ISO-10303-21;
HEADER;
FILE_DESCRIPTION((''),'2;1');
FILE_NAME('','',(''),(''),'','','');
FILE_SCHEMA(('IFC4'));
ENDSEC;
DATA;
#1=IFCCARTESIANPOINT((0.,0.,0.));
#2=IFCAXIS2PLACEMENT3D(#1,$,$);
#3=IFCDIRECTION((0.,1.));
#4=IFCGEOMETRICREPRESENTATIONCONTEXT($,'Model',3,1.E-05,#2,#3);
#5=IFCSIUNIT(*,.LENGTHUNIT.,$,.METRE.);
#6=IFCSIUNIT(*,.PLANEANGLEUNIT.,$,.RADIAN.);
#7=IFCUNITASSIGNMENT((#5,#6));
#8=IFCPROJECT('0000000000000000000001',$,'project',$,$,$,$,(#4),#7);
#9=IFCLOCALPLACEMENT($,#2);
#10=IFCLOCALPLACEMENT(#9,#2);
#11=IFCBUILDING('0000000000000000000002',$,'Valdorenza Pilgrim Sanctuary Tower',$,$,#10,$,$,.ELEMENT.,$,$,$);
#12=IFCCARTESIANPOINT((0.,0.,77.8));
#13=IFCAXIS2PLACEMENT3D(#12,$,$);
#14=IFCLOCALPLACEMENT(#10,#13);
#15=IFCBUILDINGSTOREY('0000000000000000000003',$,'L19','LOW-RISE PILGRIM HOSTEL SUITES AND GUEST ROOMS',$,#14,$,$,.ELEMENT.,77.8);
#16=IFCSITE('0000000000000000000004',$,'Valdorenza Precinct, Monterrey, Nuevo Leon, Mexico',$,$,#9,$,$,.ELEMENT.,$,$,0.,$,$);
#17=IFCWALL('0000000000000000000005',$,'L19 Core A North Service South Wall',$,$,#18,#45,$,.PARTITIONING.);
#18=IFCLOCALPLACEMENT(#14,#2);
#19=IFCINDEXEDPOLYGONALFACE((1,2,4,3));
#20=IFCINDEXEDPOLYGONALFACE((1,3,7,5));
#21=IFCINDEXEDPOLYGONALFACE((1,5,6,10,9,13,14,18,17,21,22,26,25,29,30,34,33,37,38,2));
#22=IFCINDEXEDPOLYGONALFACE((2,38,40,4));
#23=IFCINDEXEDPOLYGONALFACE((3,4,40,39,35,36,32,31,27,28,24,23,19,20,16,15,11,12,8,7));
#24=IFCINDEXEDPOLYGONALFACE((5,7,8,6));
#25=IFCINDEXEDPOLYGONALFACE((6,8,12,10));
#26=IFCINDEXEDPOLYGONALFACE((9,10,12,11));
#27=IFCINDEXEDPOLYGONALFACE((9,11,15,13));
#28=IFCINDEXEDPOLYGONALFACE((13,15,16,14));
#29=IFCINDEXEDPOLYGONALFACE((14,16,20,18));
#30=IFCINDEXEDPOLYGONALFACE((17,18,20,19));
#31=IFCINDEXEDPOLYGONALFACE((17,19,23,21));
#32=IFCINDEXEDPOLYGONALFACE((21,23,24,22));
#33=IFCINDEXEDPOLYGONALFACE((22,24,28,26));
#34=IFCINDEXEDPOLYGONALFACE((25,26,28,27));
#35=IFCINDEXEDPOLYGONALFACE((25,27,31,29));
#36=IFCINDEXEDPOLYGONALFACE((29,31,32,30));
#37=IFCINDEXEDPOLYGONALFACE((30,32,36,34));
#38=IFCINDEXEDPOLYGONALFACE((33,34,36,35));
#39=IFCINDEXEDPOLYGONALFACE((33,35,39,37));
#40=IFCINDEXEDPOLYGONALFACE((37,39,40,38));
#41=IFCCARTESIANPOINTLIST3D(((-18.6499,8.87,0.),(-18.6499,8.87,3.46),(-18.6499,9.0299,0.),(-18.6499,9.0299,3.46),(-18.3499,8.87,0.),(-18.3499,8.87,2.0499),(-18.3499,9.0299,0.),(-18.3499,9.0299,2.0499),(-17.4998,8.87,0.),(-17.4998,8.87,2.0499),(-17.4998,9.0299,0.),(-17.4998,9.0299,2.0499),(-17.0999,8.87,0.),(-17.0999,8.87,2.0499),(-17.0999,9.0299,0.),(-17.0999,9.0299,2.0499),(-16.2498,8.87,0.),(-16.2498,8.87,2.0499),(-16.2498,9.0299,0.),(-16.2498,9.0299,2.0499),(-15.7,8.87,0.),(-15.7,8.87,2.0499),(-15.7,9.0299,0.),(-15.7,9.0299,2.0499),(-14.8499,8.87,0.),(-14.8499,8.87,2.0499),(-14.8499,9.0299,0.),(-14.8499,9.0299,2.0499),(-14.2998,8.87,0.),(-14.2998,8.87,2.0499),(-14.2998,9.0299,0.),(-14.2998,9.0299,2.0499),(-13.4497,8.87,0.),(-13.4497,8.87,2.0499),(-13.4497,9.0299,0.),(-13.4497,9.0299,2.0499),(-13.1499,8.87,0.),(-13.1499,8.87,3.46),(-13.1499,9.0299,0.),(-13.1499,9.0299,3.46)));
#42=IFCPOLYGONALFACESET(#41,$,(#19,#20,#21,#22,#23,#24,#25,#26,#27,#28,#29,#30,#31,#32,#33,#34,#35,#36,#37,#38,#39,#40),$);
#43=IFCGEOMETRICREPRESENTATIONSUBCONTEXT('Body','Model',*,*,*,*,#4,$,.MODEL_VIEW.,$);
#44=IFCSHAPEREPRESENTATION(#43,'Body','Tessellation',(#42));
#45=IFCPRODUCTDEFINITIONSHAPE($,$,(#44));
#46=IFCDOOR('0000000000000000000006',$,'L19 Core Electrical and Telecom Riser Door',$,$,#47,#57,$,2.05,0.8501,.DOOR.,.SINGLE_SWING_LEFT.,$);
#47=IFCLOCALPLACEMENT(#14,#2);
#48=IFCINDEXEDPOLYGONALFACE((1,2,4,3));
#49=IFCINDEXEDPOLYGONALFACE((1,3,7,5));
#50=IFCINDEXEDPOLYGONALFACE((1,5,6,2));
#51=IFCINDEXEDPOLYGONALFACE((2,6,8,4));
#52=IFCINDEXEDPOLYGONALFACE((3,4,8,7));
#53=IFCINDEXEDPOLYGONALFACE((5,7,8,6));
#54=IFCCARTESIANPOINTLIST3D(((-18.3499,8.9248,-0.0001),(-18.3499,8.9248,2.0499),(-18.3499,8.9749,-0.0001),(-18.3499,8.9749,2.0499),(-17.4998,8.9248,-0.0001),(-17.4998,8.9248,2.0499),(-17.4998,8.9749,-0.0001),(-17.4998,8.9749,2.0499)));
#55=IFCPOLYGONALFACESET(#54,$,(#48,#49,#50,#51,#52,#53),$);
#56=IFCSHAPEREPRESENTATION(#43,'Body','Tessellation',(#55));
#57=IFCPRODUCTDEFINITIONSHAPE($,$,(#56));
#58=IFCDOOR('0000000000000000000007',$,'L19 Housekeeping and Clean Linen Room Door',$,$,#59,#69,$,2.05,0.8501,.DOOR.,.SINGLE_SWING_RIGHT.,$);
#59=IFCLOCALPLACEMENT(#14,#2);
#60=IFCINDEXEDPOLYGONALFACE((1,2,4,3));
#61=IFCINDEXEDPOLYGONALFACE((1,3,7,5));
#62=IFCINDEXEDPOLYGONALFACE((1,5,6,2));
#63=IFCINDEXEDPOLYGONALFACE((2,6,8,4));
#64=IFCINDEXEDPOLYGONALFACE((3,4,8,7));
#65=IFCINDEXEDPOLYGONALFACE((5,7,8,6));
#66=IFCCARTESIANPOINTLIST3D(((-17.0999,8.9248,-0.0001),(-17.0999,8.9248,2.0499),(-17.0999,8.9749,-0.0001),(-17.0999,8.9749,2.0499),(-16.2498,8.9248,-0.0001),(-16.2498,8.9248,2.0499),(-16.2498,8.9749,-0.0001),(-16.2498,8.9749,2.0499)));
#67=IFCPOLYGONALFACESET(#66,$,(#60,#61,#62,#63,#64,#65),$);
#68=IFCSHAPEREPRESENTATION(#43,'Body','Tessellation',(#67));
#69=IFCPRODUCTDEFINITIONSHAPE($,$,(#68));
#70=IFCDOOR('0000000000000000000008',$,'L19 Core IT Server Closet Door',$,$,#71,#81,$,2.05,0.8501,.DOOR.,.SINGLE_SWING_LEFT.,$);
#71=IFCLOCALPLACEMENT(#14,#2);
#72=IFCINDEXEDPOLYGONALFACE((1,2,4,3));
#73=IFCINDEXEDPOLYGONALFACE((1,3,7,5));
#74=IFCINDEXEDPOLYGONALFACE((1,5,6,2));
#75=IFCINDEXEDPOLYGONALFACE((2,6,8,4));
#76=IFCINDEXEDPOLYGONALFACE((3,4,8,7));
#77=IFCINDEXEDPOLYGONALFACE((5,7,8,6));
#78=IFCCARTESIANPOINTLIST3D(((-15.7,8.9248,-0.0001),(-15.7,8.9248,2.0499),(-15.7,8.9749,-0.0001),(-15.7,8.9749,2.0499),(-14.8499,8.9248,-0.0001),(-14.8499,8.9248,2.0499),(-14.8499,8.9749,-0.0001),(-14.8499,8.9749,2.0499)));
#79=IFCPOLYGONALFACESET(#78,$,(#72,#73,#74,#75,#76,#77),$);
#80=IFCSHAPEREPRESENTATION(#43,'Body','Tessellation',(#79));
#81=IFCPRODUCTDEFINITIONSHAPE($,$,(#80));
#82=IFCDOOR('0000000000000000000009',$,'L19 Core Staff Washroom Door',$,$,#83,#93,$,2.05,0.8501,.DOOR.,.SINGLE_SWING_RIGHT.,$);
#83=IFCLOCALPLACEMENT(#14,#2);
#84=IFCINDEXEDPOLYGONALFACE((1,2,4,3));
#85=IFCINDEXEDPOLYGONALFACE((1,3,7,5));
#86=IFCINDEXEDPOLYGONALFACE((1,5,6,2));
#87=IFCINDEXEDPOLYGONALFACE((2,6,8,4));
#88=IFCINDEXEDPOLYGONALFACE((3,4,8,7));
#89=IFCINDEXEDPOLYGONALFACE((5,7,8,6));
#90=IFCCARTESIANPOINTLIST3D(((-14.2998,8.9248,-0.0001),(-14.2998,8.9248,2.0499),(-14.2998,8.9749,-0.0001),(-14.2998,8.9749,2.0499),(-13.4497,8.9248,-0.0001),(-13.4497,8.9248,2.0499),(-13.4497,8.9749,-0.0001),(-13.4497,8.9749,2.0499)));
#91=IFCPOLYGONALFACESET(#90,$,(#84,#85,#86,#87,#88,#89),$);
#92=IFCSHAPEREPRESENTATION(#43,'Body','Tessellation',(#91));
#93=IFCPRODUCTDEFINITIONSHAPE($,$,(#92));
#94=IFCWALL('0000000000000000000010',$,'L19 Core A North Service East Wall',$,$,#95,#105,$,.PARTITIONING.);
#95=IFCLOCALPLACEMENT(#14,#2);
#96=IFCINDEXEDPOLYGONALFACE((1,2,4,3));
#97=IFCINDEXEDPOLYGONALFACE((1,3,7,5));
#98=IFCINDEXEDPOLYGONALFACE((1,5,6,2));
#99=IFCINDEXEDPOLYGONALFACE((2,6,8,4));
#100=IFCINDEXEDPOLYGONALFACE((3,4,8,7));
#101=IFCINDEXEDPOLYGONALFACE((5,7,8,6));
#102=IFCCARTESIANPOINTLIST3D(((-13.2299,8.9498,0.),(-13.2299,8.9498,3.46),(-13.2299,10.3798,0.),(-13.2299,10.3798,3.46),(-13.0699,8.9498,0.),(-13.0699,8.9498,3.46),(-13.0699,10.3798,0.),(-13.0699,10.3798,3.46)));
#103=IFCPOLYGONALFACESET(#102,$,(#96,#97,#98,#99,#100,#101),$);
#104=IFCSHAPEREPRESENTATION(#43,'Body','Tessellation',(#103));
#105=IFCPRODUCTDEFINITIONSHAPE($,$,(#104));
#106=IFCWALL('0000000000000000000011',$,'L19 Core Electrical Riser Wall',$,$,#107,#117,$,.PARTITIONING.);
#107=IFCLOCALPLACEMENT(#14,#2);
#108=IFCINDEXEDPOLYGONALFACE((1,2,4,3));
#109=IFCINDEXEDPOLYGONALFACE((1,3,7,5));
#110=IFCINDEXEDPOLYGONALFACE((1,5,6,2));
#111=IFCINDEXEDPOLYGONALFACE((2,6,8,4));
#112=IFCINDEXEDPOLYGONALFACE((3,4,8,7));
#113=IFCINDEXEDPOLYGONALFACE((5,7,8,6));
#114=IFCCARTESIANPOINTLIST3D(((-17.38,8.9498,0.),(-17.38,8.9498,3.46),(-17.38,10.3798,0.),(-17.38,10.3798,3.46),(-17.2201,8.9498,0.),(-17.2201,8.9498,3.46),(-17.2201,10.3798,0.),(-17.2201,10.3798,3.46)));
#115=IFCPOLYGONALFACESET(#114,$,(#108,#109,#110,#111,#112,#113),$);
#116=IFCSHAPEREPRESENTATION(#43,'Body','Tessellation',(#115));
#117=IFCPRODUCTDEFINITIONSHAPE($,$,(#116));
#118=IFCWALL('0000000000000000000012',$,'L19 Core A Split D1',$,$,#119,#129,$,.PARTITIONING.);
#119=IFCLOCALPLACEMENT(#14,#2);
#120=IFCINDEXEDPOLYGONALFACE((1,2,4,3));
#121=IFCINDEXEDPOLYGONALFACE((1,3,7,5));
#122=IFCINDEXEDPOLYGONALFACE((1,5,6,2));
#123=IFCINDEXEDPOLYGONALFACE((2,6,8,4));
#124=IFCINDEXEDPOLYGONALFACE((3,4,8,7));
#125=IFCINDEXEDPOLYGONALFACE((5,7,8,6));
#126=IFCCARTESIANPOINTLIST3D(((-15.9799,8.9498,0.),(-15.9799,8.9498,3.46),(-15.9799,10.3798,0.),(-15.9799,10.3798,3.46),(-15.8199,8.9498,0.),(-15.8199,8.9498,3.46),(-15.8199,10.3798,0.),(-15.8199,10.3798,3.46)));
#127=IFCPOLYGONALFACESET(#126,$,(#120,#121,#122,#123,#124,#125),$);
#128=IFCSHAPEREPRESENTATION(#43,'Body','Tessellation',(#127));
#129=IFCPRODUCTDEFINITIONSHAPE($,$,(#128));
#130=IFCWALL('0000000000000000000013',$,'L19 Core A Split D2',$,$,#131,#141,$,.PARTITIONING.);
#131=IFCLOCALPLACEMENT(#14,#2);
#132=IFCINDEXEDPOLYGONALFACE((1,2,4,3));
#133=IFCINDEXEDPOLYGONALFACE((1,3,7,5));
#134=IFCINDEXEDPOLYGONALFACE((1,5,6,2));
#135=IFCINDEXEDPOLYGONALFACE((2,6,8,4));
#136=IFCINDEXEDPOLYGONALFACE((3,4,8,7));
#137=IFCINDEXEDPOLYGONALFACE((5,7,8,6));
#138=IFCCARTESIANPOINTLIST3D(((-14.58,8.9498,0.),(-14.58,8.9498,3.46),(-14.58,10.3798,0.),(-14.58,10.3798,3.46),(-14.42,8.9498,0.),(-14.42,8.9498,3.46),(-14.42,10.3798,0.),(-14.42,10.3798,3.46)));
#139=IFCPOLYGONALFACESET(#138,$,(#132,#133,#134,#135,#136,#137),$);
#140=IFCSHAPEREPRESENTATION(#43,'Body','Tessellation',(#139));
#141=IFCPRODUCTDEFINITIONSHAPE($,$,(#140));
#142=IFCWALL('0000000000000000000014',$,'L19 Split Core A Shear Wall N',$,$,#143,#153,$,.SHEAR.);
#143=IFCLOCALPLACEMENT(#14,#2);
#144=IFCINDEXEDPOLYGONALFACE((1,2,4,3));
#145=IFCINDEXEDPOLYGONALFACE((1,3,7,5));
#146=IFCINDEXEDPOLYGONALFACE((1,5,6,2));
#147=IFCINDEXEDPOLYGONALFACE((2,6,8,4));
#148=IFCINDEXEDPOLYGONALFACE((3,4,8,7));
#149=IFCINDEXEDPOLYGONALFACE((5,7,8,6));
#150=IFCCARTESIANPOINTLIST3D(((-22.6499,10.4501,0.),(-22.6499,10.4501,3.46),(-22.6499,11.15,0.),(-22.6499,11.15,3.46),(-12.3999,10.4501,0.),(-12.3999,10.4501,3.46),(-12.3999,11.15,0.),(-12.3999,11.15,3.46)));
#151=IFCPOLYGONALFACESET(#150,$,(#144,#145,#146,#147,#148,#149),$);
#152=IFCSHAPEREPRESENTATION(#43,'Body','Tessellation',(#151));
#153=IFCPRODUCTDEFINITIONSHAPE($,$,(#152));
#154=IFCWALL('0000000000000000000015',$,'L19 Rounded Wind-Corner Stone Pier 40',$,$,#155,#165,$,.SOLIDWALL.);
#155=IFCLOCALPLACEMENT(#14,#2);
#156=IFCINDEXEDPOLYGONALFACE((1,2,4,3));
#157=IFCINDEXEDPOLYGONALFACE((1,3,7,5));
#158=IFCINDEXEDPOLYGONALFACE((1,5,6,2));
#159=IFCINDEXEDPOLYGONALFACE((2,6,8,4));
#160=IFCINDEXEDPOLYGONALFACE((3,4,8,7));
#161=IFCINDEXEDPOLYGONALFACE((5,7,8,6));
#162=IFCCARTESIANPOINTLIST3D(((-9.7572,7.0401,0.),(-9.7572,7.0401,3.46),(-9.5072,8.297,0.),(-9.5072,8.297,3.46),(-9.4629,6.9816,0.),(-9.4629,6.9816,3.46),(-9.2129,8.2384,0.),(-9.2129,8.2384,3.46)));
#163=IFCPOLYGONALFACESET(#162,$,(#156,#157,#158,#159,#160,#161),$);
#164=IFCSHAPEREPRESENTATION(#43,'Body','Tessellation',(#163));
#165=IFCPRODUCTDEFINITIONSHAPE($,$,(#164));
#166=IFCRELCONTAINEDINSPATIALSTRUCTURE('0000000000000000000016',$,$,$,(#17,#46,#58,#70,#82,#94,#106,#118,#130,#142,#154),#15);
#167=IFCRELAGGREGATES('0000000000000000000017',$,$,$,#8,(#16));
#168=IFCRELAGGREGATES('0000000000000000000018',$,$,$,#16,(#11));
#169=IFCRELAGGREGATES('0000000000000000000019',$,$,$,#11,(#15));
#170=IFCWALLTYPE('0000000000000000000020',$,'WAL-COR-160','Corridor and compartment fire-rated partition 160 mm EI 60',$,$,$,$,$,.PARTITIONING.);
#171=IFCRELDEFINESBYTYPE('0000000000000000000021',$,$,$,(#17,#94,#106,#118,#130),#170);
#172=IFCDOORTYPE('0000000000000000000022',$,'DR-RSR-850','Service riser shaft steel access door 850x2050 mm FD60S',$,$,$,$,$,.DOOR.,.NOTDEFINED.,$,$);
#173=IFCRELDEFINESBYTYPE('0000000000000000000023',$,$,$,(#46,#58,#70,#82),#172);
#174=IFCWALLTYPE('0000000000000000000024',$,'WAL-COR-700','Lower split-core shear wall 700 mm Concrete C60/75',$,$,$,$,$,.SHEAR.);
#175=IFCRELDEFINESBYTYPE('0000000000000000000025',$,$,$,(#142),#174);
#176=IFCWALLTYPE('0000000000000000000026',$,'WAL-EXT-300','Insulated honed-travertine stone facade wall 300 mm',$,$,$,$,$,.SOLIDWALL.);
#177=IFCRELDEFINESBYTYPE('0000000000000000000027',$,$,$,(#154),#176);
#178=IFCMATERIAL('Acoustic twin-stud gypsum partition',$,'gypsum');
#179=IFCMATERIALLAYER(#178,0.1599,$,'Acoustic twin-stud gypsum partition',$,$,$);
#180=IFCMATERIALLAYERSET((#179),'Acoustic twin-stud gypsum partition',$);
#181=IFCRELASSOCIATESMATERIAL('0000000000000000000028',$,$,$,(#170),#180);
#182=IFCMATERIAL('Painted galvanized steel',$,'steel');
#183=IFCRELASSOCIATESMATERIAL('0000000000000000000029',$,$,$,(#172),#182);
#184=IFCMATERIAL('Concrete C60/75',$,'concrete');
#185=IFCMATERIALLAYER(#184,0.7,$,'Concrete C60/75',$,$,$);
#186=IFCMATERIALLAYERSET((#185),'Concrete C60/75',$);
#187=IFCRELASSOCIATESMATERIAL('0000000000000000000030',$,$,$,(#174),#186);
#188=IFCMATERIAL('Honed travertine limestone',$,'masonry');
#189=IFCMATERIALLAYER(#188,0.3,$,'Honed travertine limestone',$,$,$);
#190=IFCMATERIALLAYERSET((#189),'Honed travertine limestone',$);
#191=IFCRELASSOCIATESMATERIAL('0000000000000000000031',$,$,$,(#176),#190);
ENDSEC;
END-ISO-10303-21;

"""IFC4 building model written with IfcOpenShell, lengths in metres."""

from ifc_helpers import new_model, si_unit, direction, frame, frame_2d, origin, place, context, subcontext, project, spatial, rectangle, extrude, material, layer, layer_set, type_object, element, fill, save


model = new_model("IFC4")

# Units and contexts
model_context = context("Model", 3, precision=1e-05, world=origin(), true_north=direction((0.0, 1.0)))
body_context = subcontext(model_context, "Body", "Model", "MODEL_VIEW")
ifc_project = project(units=[si_unit("LENGTHUNIT", "METRE"), si_unit("PLANEANGLEUNIT", "RADIAN")], contexts=[model_context])

# Site, building, storey
site_placement = place(None, origin())
site = spatial("IfcSite", under=ifc_project, at=site_placement, Name="Valdorenza Precinct, Monterrey, Nuevo Leon, Mexico", CompositionType="ELEMENT", RefElevation=0.0)
building_placement = place(site_placement, origin())
building = spatial("IfcBuilding", under=site, at=building_placement, Name="Valdorenza Pilgrim Sanctuary Tower", CompositionType="ELEMENT")
storey_placement = place(building_placement, frame((0.0, 0.0, 77.8)))
storey = spatial("IfcBuildingStorey", under=building, at=storey_placement, Name="L19", Description="LOW-RISE PILGRIM HOSTEL SUITES AND GUEST ROOMS", CompositionType="ELEMENT", Elevation=77.8)

# Shared definitions
ifc_material_1 = material(Name="Concrete C60/75", Category="concrete")

# Shared definitions
ifc_material_2 = material(Name="Acoustic twin-stud gypsum partition", Category="gypsum")
ifc_layer_1 = layer(ifc_material_2, 0.1599, Name="Acoustic twin-stud gypsum partition")
ifc_layer_set_1 = layer_set([ifc_layer_1], Name="Acoustic twin-stud gypsum partition")
wall_type_1 = type_object("IfcWallType", Name="WAL-COR-160", Description="Corridor and compartment fire-rated partition 160 mm EI 60", PredefinedType="PARTITIONING", material=ifc_layer_set_1)

# Wall, openings, doors
wall_1_placement = place(storey_placement, frame((-18.6499, 8.95, 0.0), z_axis=(0.0, 0.0, 1.0), x_axis=(1.0, 0.0, 0.0)))
wall_1 = element("IfcWall", 1, at=wall_1_placement, inside=storey, type_object=wall_type_1, Name="L19 Core A North Service South Wall", PredefinedType="PARTITIONING", context=body_context, shape_type="SweptSolid", body=[
    extrude(rectangle(XDim=5.5, YDim=0.1599, at=frame_2d((2.75, 0.0))), origin(), (0.0, 0.0, 1.0), 3.46),
])
opening_1_placement = place(wall_1_placement, frame((0.3, 0.0, 0.0)))
opening_1 = element("IfcOpeningElement", 2, at=opening_1_placement, cuts=wall_1, PredefinedType="OPENING", context=body_context, shape_type="SweptSolid", body=[
    extrude(rectangle(XDim=0.8501, YDim=2.05, at=frame_2d((0.425, 1.0249))), frame((0.0, 0.0947, 0.0), z_axis=(0.0, -1.0, 0.0), x_axis=(1.0, 0.0, 0.0)), (0.0, 0.0, 1.0), 0.1897),
])
opening_2_placement = place(wall_1_placement, frame((1.55, 0.0, 0.0)))
opening_2 = element("IfcOpeningElement", 3, at=opening_2_placement, cuts=wall_1, PredefinedType="OPENING", context=body_context, shape_type="SweptSolid", body=[
    extrude(rectangle(XDim=0.8501, YDim=2.05, at=frame_2d((0.425, 1.0249))), frame((0.0, 0.0947, 0.0), z_axis=(0.0, -1.0, 0.0), x_axis=(1.0, 0.0, 0.0)), (0.0, 0.0, 1.0), 0.1897),
])
opening_3_placement = place(wall_1_placement, frame((2.95, 0.0, 0.0)))
opening_3 = element("IfcOpeningElement", 4, at=opening_3_placement, cuts=wall_1, PredefinedType="OPENING", context=body_context, shape_type="SweptSolid", body=[
    extrude(rectangle(XDim=0.8501, YDim=2.05, at=frame_2d((0.425, 1.0249))), frame((0.0, 0.0947, 0.0), z_axis=(0.0, -1.0, 0.0), x_axis=(1.0, 0.0, 0.0)), (0.0, 0.0, 1.0), 0.1897),
])
opening_4_placement = place(wall_1_placement, frame((4.3501, 0.0, 0.0)))
opening_4 = element("IfcOpeningElement", 5, at=opening_4_placement, cuts=wall_1, PredefinedType="OPENING", context=body_context, shape_type="SweptSolid", body=[
    extrude(rectangle(XDim=0.8501, YDim=2.05, at=frame_2d((0.425, 1.0249))), frame((0.0, 0.0947, 0.0), z_axis=(0.0, -1.0, 0.0), x_axis=(1.0, 0.0, 0.0)), (0.0, 0.0, 1.0), 0.1897),
])
ifc_material_3 = material(Name="Painted galvanized steel", Category="steel")
door_type_1 = type_object("IfcDoorType", Name="DR-RSR-850", Description="Service riser shaft steel access door 850x2050 mm FD60S", OperationType="NOTDEFINED", PredefinedType="DOOR", material=ifc_material_3)
door_1_placement = place(opening_1_placement, origin())
door_1 = element("IfcDoor", 6, at=door_1_placement, inside=storey, type_object=door_type_1, Name="L19 Core Electrical and Telecom Riser Door", OperationType="SINGLE_SWING_LEFT", OverallHeight=2.05, OverallWidth=0.8501, PredefinedType="DOOR", context=body_context, shape_type="SweptSolid", body=[
    extrude(rectangle(XDim=0.8501, YDim=2.05, at=frame_2d((0.425, 1.0249))), frame((0.0, 0.0249, 0.0), z_axis=(0.0, -1.0, 0.0), x_axis=(1.0, 0.0, 0.0)), (0.0, 0.0, 1.0), 0.05),
])
fill(opening_1, door_1)
door_2_placement = place(opening_2_placement, origin())
door_2 = element("IfcDoor", 7, at=door_2_placement, inside=storey, type_object=door_type_1, Name="L19 Housekeeping and Clean Linen Room Door", OperationType="SINGLE_SWING_RIGHT", OverallHeight=2.05, OverallWidth=0.8501, PredefinedType="DOOR", context=body_context, shape_type="SweptSolid", body=[
    extrude(rectangle(XDim=0.8501, YDim=2.05, at=frame_2d((0.425, 1.0249))), frame((0.0, 0.0249, 0.0), z_axis=(0.0, -1.0, 0.0), x_axis=(1.0, 0.0, 0.0)), (0.0, 0.0, 1.0), 0.05),
])
fill(opening_2, door_2)
door_3_placement = place(opening_3_placement, origin())
door_3 = element("IfcDoor", 8, at=door_3_placement, inside=storey, type_object=door_type_1, Name="L19 Core IT Server Closet Door", OperationType="SINGLE_SWING_LEFT", OverallHeight=2.05, OverallWidth=0.8501, PredefinedType="DOOR", context=body_context, shape_type="SweptSolid", body=[
    extrude(rectangle(XDim=0.8501, YDim=2.05, at=frame_2d((0.425, 1.0249))), frame((0.0, 0.0249, 0.0), z_axis=(0.0, -1.0, 0.0), x_axis=(1.0, 0.0, 0.0)), (0.0, 0.0, 1.0), 0.05),
])
fill(opening_3, door_3)
door_4_placement = place(opening_4_placement, origin())
door_4 = element("IfcDoor", 9, at=door_4_placement, inside=storey, type_object=door_type_1, Name="L19 Core Staff Washroom Door", OperationType="SINGLE_SWING_RIGHT", OverallHeight=2.05, OverallWidth=0.8501, PredefinedType="DOOR", context=body_context, shape_type="SweptSolid", body=[
    extrude(rectangle(XDim=0.8501, YDim=2.05, at=frame_2d((0.425, 1.0249))), frame((0.0, 0.0249, 0.0), z_axis=(0.0, -1.0, 0.0), x_axis=(1.0, 0.0, 0.0)), (0.0, 0.0, 1.0), 0.05),
])
fill(opening_4, door_4)

# Walls
for number, where, z_axis, x_axis, name in (
    (10, (-13.1499, 8.95, 0.0), (0.0, 0.0, 1.0), (0.0, 1.0, 0.0), "L19 Core A North Service East Wall"),
    (11, (-17.3, 8.95, 0.0), (0.0, 0.0, 1.0), (0.0, 1.0, 0.0), "L19 Core Electrical Riser Wall"),
    (12, (-15.8999, 8.95, 0.0), (0.0, 0.0, 1.0), (0.0, 1.0, 0.0), "L19 Core A Split D1"),
    (13, (-14.5, 8.95, 0.0), (0.0, 0.0, 1.0), (0.0, 1.0, 0.0), "L19 Core A Split D2"),
):
    element("IfcWall", number, at=place(storey_placement, frame(where, z_axis=z_axis, x_axis=x_axis)), inside=storey, type_object=wall_type_1, Name=name, PredefinedType="PARTITIONING", context=body_context, shape_type="SweptSolid", body=[
        extrude(rectangle(XDim=1.4299, YDim=0.1599, at=frame_2d((0.7148, 0.0))), origin(), (0.0, 0.0, 1.0), 3.46),
    ])
ifc_layer_2 = layer(ifc_material_1, 0.7, Name="Concrete C60/75")
ifc_layer_set_2 = layer_set([ifc_layer_2], Name="Concrete C60/75")
wall_type_2 = type_object("IfcWallType", Name="WAL-COR-700", Description="Lower split-core shear wall 700 mm Concrete C60/75", PredefinedType="SHEAR", material=ifc_layer_set_2)
wall_2_placement = place(storey_placement, frame((-22.6499, 10.8, 0.0), z_axis=(0.0, 0.0, 1.0), x_axis=(1.0, 0.0, 0.0)))
element("IfcWall", 14, at=wall_2_placement, inside=storey, type_object=wall_type_2, Name="L19 Split Core A Shear Wall N", PredefinedType="SHEAR", context=body_context, shape_type="SweptSolid", body=[
    extrude(rectangle(XDim=10.25, YDim=0.7, at=frame_2d((5.125, 0.0))), origin(), (0.0, 0.0, 1.0), 3.46),
])
ifc_material_4 = material(Name="Honed travertine limestone", Category="masonry")
ifc_layer_3 = layer(ifc_material_4, 0.3, Name="Honed travertine limestone")
ifc_layer_set_3 = layer_set([ifc_layer_3], Name="Honed travertine limestone")
wall_type_3 = type_object("IfcWallType", Name="WAL-EXT-300", Description="Insulated honed-travertine stone facade wall 300 mm", PredefinedType="SOLIDWALL", material=ifc_layer_set_3)
wall_3_placement = place(storey_placement, frame((-9.3601, 8.2676, 0.0), z_axis=(0.0, 0.0, 1.0), x_axis=(-0.19509, -0.980785, 0.0)))
element("IfcWall", 15, at=wall_3_placement, inside=storey, type_object=wall_type_3, Name="L19 Rounded Wind-Corner Stone Pier 40", PredefinedType="SOLIDWALL", context=body_context, shape_type="SweptSolid", body=[
    extrude(rectangle(XDim=1.2815, YDim=0.3, at=frame_2d((0.6406, 0.0))), origin(), (0.0, 0.0, 1.0), 3.46),
])

save(model, "model.ifc")
